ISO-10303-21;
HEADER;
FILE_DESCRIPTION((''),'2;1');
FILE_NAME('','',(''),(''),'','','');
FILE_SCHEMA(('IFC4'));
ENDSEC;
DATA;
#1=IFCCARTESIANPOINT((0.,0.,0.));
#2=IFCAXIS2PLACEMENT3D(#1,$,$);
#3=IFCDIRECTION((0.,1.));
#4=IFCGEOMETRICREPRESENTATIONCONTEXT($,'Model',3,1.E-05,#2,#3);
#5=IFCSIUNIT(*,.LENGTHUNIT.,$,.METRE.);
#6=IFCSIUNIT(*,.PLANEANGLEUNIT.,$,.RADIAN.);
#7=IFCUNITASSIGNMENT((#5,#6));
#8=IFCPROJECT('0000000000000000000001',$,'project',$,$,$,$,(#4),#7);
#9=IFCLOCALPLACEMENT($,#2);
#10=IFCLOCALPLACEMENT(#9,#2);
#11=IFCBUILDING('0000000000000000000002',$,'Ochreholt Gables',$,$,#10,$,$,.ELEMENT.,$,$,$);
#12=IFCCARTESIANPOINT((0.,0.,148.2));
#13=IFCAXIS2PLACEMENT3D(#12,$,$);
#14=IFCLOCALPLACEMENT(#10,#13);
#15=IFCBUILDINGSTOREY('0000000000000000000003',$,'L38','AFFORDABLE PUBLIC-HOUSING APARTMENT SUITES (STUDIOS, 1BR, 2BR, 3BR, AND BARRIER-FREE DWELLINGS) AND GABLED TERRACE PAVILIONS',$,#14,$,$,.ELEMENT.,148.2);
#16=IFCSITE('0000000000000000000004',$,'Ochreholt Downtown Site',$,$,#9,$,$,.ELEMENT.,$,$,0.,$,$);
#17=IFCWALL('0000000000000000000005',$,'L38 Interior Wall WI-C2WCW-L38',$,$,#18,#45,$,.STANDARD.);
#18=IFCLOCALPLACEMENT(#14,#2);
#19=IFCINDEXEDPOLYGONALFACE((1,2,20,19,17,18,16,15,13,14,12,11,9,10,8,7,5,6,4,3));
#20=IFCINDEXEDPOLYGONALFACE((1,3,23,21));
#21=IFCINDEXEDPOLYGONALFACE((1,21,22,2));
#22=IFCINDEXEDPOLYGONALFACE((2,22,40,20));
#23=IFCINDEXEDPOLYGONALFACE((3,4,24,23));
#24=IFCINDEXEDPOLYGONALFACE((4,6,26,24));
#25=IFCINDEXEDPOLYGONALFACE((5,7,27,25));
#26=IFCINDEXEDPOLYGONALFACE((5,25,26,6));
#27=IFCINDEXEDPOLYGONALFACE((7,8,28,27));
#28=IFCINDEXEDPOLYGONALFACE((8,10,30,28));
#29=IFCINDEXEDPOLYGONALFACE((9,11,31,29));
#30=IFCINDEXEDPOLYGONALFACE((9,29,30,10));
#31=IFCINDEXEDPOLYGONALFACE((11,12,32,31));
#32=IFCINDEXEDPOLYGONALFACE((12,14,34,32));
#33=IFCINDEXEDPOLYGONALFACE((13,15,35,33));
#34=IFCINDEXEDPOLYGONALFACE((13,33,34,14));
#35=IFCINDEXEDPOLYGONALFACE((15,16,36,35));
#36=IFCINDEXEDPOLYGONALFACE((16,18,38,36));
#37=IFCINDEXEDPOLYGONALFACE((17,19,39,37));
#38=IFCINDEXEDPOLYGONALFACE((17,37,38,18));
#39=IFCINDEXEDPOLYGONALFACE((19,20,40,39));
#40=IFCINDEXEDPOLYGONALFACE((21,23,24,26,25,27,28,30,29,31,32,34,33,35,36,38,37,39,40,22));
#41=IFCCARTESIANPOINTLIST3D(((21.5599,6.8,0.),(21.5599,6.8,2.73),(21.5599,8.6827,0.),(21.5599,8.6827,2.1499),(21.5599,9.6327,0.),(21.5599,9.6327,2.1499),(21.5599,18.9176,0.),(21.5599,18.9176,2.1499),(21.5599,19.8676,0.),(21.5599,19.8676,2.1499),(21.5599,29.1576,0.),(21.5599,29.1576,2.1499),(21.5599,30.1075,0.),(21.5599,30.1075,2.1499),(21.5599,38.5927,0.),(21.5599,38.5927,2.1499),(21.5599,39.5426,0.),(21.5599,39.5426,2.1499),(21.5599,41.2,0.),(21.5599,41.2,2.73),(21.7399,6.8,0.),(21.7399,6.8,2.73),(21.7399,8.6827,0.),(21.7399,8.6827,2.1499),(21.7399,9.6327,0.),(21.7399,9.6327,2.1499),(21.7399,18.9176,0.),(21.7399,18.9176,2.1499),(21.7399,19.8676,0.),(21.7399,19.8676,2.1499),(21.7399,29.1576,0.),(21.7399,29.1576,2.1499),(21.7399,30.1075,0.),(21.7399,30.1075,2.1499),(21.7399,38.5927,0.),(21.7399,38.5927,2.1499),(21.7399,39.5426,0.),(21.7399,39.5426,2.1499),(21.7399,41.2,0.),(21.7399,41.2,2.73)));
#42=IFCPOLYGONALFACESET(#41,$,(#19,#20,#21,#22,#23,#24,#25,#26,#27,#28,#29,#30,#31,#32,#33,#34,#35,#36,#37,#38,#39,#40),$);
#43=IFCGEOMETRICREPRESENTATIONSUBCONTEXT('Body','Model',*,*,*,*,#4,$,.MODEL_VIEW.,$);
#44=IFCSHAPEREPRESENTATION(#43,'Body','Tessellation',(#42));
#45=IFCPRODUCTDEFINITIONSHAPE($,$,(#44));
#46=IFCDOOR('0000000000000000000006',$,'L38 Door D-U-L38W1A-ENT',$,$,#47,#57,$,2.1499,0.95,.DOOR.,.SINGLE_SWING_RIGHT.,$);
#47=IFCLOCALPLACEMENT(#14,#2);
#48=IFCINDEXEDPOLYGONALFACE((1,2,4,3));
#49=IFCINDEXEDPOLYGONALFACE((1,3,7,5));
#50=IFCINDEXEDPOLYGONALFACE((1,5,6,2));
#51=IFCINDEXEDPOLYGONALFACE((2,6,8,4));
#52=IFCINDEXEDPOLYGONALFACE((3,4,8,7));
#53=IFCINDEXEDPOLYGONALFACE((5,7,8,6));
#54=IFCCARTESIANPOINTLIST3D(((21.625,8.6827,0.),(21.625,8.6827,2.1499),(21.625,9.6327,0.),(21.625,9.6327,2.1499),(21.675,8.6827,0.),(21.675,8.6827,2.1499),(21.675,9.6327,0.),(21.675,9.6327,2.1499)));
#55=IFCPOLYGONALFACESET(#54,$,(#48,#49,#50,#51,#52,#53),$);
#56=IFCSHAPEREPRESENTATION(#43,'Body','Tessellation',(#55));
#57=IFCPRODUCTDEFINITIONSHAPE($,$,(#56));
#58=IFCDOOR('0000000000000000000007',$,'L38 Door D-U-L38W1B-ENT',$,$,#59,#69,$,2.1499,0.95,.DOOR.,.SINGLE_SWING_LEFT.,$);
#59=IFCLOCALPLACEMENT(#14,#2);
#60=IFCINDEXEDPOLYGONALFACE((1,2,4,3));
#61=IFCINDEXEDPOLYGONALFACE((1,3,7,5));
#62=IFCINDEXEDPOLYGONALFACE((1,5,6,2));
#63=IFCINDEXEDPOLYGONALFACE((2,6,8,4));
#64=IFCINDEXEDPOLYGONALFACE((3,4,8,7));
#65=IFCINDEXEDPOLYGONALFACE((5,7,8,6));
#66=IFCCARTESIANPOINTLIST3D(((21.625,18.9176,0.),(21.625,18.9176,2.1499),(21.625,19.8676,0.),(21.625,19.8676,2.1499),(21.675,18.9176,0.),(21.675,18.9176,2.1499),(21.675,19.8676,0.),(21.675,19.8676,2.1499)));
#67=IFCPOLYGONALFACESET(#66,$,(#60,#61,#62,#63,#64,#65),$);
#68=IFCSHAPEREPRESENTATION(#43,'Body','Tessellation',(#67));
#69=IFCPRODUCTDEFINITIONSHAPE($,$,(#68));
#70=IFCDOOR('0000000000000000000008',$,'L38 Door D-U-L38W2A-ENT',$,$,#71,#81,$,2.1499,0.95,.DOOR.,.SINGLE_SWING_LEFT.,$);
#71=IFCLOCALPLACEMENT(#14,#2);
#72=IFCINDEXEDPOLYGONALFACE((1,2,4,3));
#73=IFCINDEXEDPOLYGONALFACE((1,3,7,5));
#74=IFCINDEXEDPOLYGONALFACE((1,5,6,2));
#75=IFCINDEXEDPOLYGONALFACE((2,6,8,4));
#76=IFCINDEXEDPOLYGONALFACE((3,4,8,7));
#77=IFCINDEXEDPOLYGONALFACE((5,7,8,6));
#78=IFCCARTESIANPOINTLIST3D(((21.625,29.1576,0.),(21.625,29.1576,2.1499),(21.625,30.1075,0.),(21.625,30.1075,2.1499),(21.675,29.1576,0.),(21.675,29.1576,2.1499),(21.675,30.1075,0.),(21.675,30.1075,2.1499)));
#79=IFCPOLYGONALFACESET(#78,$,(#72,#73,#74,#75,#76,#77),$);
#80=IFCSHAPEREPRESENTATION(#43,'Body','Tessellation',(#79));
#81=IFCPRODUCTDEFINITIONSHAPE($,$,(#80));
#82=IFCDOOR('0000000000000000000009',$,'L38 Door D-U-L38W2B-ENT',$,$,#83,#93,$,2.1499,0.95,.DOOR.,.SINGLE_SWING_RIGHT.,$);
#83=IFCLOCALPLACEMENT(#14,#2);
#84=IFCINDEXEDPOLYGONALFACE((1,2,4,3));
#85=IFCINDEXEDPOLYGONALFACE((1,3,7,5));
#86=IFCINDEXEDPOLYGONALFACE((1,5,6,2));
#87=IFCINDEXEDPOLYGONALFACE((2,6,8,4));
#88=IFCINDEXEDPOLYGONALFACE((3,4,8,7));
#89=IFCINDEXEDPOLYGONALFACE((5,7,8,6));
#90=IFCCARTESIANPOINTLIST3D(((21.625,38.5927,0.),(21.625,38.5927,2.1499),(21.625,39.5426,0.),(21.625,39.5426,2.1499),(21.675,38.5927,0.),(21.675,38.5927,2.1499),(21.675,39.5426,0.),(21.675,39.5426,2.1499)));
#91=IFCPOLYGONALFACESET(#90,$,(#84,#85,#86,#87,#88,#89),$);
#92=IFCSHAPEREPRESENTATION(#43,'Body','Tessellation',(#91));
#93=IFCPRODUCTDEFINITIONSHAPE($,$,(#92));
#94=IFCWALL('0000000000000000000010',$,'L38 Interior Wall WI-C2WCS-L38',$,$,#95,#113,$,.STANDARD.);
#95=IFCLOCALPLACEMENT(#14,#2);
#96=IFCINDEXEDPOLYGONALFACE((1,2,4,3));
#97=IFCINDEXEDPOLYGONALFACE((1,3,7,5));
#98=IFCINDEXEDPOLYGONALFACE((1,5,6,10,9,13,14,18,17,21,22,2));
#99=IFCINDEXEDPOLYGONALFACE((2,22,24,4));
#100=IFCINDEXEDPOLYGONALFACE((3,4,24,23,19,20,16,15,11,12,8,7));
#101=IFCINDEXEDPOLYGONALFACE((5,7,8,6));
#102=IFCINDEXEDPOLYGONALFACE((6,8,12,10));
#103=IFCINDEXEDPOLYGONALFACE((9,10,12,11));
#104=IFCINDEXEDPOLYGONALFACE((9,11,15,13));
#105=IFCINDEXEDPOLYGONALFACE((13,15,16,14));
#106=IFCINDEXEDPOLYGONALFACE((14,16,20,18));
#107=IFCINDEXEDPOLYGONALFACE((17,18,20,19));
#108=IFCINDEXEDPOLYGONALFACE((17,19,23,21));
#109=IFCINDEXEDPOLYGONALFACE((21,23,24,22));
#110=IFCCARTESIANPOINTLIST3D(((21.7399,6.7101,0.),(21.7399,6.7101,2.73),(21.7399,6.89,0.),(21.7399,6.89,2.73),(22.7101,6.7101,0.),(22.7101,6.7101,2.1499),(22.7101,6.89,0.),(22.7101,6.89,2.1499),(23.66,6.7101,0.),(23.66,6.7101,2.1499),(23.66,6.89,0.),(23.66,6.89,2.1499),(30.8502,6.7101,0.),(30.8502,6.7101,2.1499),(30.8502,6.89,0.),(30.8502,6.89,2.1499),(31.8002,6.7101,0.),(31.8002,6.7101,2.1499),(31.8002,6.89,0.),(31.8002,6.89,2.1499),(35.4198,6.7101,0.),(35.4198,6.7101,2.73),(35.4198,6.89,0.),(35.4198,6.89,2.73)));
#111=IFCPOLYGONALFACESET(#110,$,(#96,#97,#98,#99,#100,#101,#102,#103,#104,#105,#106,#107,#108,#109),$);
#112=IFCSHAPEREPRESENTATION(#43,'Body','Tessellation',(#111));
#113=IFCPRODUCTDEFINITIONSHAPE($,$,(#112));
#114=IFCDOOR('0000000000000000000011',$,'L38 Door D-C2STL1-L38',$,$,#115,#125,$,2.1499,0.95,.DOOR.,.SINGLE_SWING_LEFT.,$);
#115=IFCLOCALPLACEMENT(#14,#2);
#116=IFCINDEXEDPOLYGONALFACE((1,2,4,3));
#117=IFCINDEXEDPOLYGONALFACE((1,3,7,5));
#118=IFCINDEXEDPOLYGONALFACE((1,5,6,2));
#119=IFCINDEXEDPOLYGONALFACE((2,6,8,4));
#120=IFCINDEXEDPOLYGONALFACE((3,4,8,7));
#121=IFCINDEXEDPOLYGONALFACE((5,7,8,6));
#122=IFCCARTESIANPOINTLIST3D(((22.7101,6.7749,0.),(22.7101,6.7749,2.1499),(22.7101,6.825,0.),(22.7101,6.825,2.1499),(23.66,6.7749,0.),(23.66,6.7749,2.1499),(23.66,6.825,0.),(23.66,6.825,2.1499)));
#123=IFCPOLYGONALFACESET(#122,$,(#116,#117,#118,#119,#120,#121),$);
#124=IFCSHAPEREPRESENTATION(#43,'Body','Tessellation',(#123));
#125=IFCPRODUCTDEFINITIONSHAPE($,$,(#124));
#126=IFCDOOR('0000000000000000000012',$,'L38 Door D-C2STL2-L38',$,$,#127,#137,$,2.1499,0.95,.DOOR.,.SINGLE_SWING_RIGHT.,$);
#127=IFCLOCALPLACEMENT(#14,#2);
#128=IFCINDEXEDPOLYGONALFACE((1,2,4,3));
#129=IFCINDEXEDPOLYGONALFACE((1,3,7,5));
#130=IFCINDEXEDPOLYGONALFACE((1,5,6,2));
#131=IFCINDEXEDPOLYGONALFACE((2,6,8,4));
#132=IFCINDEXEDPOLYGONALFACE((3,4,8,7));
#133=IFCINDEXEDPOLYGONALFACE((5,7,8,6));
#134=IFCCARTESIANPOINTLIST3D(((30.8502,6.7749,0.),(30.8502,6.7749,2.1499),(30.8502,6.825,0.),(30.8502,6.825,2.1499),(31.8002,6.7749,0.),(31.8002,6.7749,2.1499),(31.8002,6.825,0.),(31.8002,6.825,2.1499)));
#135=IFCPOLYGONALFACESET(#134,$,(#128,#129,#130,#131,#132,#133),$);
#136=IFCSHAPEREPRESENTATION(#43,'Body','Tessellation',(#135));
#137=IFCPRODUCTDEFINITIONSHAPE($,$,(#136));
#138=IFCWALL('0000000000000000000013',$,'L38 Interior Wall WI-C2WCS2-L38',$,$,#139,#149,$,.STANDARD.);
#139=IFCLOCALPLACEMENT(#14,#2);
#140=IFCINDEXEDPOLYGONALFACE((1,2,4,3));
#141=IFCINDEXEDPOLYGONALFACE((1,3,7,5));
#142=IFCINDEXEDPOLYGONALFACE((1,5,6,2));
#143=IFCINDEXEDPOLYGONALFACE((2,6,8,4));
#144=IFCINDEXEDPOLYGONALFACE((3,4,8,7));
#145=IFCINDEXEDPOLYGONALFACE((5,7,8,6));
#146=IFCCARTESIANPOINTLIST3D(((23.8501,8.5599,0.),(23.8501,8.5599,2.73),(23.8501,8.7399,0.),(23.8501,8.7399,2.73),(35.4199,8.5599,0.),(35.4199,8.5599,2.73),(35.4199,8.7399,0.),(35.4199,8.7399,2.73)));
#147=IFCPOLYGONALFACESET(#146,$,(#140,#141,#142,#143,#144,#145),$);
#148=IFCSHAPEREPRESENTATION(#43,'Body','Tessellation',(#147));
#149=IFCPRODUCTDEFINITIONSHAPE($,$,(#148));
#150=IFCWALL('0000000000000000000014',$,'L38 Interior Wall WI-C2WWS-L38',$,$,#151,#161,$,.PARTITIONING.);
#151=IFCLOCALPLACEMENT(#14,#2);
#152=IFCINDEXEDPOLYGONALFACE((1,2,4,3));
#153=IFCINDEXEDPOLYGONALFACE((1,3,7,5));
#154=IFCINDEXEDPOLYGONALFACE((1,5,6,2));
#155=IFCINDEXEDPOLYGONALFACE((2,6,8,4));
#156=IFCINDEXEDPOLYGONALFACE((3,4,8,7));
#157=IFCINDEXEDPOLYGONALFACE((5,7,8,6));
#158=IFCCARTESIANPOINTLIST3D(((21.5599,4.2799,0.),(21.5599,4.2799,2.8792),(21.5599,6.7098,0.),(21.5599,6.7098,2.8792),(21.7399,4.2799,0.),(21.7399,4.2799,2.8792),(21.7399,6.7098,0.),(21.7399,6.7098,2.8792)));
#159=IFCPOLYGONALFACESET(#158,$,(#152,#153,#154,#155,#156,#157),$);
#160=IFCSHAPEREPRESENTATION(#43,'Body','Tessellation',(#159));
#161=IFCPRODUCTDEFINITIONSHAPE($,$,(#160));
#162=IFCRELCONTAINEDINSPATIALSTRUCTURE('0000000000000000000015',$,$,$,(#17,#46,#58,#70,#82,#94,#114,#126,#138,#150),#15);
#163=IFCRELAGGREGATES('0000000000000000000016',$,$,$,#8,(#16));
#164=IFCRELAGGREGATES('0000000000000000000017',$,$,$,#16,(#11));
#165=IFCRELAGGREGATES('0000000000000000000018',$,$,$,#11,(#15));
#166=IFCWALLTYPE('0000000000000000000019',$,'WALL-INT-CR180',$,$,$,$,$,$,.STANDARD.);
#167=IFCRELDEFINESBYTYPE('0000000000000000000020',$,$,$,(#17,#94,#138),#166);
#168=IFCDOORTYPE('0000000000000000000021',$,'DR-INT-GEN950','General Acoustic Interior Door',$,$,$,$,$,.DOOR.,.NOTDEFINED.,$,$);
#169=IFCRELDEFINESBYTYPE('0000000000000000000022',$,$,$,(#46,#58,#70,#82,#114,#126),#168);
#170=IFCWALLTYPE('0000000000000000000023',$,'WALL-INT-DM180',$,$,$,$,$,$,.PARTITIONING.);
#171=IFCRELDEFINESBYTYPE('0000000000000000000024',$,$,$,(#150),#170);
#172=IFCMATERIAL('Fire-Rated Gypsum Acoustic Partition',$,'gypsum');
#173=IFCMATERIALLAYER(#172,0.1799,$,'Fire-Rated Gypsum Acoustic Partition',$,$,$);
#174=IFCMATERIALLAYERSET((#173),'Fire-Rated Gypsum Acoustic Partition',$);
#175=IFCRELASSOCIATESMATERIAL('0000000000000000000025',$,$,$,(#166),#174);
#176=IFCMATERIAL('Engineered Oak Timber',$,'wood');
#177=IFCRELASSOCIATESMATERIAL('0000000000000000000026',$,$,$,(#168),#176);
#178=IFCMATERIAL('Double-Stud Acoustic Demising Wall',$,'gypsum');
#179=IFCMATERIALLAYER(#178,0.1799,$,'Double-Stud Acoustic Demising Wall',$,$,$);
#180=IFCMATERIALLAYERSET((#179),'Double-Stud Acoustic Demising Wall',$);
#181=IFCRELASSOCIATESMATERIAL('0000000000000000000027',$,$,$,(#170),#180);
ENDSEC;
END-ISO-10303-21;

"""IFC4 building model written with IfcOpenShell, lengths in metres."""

from ifc_helpers import new_model, si_unit, direction, frame, frame_2d, origin, place, context, subcontext, project, spatial, rectangle, extrude, material, layer, layer_set, type_object, element, fill, save


model = new_model("IFC4")

# Units and contexts
model_context = context("Model", 3, precision=1e-05, world=origin(), true_north=direction((0.0, 1.0)))
body_context = subcontext(model_context, "Body", "Model", "MODEL_VIEW")
ifc_project = project(units=[si_unit("LENGTHUNIT", "METRE"), si_unit("PLANEANGLEUNIT", "RADIAN")], contexts=[model_context])

# Site, building, storey
site_placement = place(None, origin())
site = spatial("IfcSite", under=ifc_project, at=site_placement, Name="Ochreholt Downtown Site", CompositionType="ELEMENT", RefElevation=0.0)
building_placement = place(site_placement, origin())
building = spatial("IfcBuilding", under=site, at=building_placement, Name="Ochreholt Gables", CompositionType="ELEMENT")
storey_placement = place(building_placement, frame((0.0, 0.0, 148.2)))
storey = spatial("IfcBuildingStorey", under=building, at=storey_placement, Name="L38", Description="AFFORDABLE PUBLIC-HOUSING APARTMENT SUITES (STUDIOS, 1BR, 2BR, 3BR, AND BARRIER-FREE DWELLINGS) AND GABLED TERRACE PAVILIONS", CompositionType="ELEMENT", Elevation=148.2)

# Walls, openings, doors
ifc_material_1 = material(Name="Fire-Rated Gypsum Acoustic Partition", Category="gypsum")
ifc_layer_1 = layer(ifc_material_1, 0.1799, Name="Fire-Rated Gypsum Acoustic Partition")
ifc_layer_set_1 = layer_set([ifc_layer_1], Name="Fire-Rated Gypsum Acoustic Partition")
wall_type_1 = type_object("IfcWallType", Name="WALL-INT-CR180", PredefinedType="STANDARD", material=ifc_layer_set_1)
wall_1_placement = place(storey_placement, frame((21.6499, 6.8, 0.0), z_axis=(0.0, 0.0, 1.0), x_axis=(0.0, 1.0, 0.0)))
wall_1 = element("IfcWall", 1, at=wall_1_placement, inside=storey, type_object=wall_type_1, Name="L38 Interior Wall WI-C2WCW-L38", PredefinedType="STANDARD", context=body_context, shape_type="SweptSolid", body=[
    extrude(rectangle(XDim=34.3999, YDim=0.1799, at=frame_2d((17.2, 0.0))), origin(), (0.0, 0.0, 1.0), 2.73),
])
opening_1_placement = place(wall_1_placement, frame((1.8826, 0.0, 0.0)))
opening_1 = element("IfcOpeningElement", 2, at=opening_1_placement, cuts=wall_1, PredefinedType="OPENING", context=body_context, shape_type="SweptSolid", body=[
    extrude(rectangle(XDim=0.95, YDim=2.1499, at=frame_2d((0.4751, 1.075))), frame((0.0, 0.0999, 0.0), z_axis=(0.0, -1.0, 0.0), x_axis=(1.0, 0.0, 0.0)), (0.0, 0.0, 1.0), 0.2),
])
opening_2_placement = place(wall_1_placement, frame((12.1174, 0.0, 0.0)))
opening_2 = element("IfcOpeningElement", 3, at=opening_2_placement, cuts=wall_1, PredefinedType="OPENING", context=body_context, shape_type="SweptSolid", body=[
    extrude(rectangle(XDim=0.95, YDim=2.1499, at=frame_2d((0.4751, 1.075))), frame((0.0, 0.0999, 0.0), z_axis=(0.0, -1.0, 0.0), x_axis=(1.0, 0.0, 0.0)), (0.0, 0.0, 1.0), 0.2),
])
opening_3_placement = place(wall_1_placement, frame((22.3574, 0.0, 0.0)))
opening_3 = element("IfcOpeningElement", 4, at=opening_3_placement, cuts=wall_1, PredefinedType="OPENING", context=body_context, shape_type="SweptSolid", body=[
    extrude(rectangle(XDim=0.95, YDim=2.1499, at=frame_2d((0.4751, 1.075))), frame((0.0, 0.0999, 0.0), z_axis=(0.0, -1.0, 0.0), x_axis=(1.0, 0.0, 0.0)), (0.0, 0.0, 1.0), 0.2),
])
opening_4_placement = place(wall_1_placement, frame((31.7925, 0.0, 0.0)))
opening_4 = element("IfcOpeningElement", 5, at=opening_4_placement, cuts=wall_1, PredefinedType="OPENING", context=body_context, shape_type="SweptSolid", body=[
    extrude(rectangle(XDim=0.95, YDim=2.1499, at=frame_2d((0.4751, 1.075))), frame((0.0, 0.0999, 0.0), z_axis=(0.0, -1.0, 0.0), x_axis=(1.0, 0.0, 0.0)), (0.0, 0.0, 1.0), 0.2),
])
ifc_material_2 = material(Name="Engineered Oak Timber", Category="wood")
door_type = type_object("IfcDoorType", Name="DR-INT-GEN950", Description="General Acoustic Interior Door", OperationType="NOTDEFINED", PredefinedType="DOOR", material=ifc_material_2)
door_1_placement = place(opening_1_placement, origin())
door_1 = element("IfcDoor", 6, at=door_1_placement, inside=storey, type_object=door_type, Name="L38 Door D-U-L38W1A-ENT", OperationType="SINGLE_SWING_RIGHT", OverallHeight=2.1499, OverallWidth=0.95, PredefinedType="DOOR", context=body_context, shape_type="SweptSolid", body=[
    extrude(rectangle(XDim=0.95, YDim=2.1499, at=frame_2d((0.4751, 1.075))), frame((0.0, 0.0249, 0.0), z_axis=(0.0, -1.0, 0.0), x_axis=(1.0, 0.0, 0.0)), (0.0, 0.0, 1.0), 0.05),
])
fill(opening_1, door_1)
door_2_placement = place(opening_2_placement, origin())
door_2 = element("IfcDoor", 7, at=door_2_placement, inside=storey, type_object=door_type, Name="L38 Door D-U-L38W1B-ENT", OperationType="SINGLE_SWING_LEFT", OverallHeight=2.1499, OverallWidth=0.95, PredefinedType="DOOR", context=body_context, shape_type="SweptSolid", body=[
    extrude(rectangle(XDim=0.95, YDim=2.1499, at=frame_2d((0.4751, 1.075))), frame((0.0, 0.0249, 0.0), z_axis=(0.0, -1.0, 0.0), x_axis=(1.0, 0.0, 0.0)), (0.0, 0.0, 1.0), 0.05),
])
fill(opening_2, door_2)
door_3_placement = place(opening_3_placement, origin())
door_3 = element("IfcDoor", 8, at=door_3_placement, inside=storey, type_object=door_type, Name="L38 Door D-U-L38W2A-ENT", OperationType="SINGLE_SWING_LEFT", OverallHeight=2.1499, OverallWidth=0.95, PredefinedType="DOOR", context=body_context, shape_type="SweptSolid", body=[
    extrude(rectangle(XDim=0.95, YDim=2.1499, at=frame_2d((0.4751, 1.075))), frame((0.0, 0.0249, 0.0), z_axis=(0.0, -1.0, 0.0), x_axis=(1.0, 0.0, 0.0)), (0.0, 0.0, 1.0), 0.05),
])
fill(opening_3, door_3)
door_4_placement = place(opening_4_placement, origin())
door_4 = element("IfcDoor", 9, at=door_4_placement, inside=storey, type_object=door_type, Name="L38 Door D-U-L38W2B-ENT", OperationType="SINGLE_SWING_RIGHT", OverallHeight=2.1499, OverallWidth=0.95, PredefinedType="DOOR", context=body_context, shape_type="SweptSolid", body=[
    extrude(rectangle(XDim=0.95, YDim=2.1499, at=frame_2d((0.4751, 1.075))), frame((0.0, 0.0249, 0.0), z_axis=(0.0, -1.0, 0.0), x_axis=(1.0, 0.0, 0.0)), (0.0, 0.0, 1.0), 0.05),
])
fill(opening_4, door_4)
wall_2_placement = place(storey_placement, frame((21.74, 6.8, 0.0), z_axis=(0.0, 0.0, 1.0), x_axis=(1.0, 0.0, 0.0)))
wall_2 = element("IfcWall", 10, at=wall_2_placement, inside=storey, type_object=wall_type_1, Name="L38 Interior Wall WI-C2WCS-L38", PredefinedType="STANDARD", context=body_context, shape_type="SweptSolid", body=[
    extrude(rectangle(XDim=13.6799, YDim=0.1799, at=frame_2d((6.8398, 0.0))), origin(), (0.0, 0.0, 1.0), 2.73),
])
opening_5_placement = place(wall_2_placement, frame((0.97, 0.0, 0.0)))
opening_5 = element("IfcOpeningElement", 11, at=opening_5_placement, cuts=wall_2, PredefinedType="OPENING", context=body_context, shape_type="SweptSolid", body=[
    extrude(rectangle(XDim=0.95, YDim=2.1499, at=frame_2d((0.4751, 1.075))), frame((0.0, 0.0999, 0.0), z_axis=(0.0, -1.0, 0.0), x_axis=(1.0, 0.0, 0.0)), (0.0, 0.0, 1.0), 0.2),
])
opening_6_placement = place(wall_2_placement, frame((9.1101, 0.0, 0.0)))
opening_6 = element("IfcOpeningElement", 12, at=opening_6_placement, cuts=wall_2, PredefinedType="OPENING", context=body_context, shape_type="SweptSolid", body=[
    extrude(rectangle(XDim=0.95, YDim=2.1499, at=frame_2d((0.4751, 1.075))), frame((0.0, 0.0999, 0.0), z_axis=(0.0, -1.0, 0.0), x_axis=(1.0, 0.0, 0.0)), (0.0, 0.0, 1.0), 0.2),
])
door_5_placement = place(opening_5_placement, origin())
door_5 = element("IfcDoor", 13, at=door_5_placement, inside=storey, type_object=door_type, Name="L38 Door D-C2STL1-L38", OperationType="SINGLE_SWING_LEFT", OverallHeight=2.1499, OverallWidth=0.95, PredefinedType="DOOR", context=body_context, shape_type="SweptSolid", body=[
    extrude(rectangle(XDim=0.95, YDim=2.1499, at=frame_2d((0.4751, 1.075))), frame((0.0, 0.0249, 0.0), z_axis=(0.0, -1.0, 0.0), x_axis=(1.0, 0.0, 0.0)), (0.0, 0.0, 1.0), 0.05),
])
fill(opening_5, door_5)
door_6_placement = place(opening_6_placement, origin())
door_6 = element("IfcDoor", 14, at=door_6_placement, inside=storey, type_object=door_type, Name="L38 Door D-C2STL2-L38", OperationType="SINGLE_SWING_RIGHT", OverallHeight=2.1499, OverallWidth=0.95, PredefinedType="DOOR", context=body_context, shape_type="SweptSolid", body=[
    extrude(rectangle(XDim=0.95, YDim=2.1499, at=frame_2d((0.4751, 1.075))), frame((0.0, 0.0249, 0.0), z_axis=(0.0, -1.0, 0.0), x_axis=(1.0, 0.0, 0.0)), (0.0, 0.0, 1.0), 0.05),
])
fill(opening_6, door_6)

# Walls
wall_3_placement = place(storey_placement, frame((23.8501, 8.6499, 0.0), z_axis=(0.0, 0.0, 1.0), x_axis=(1.0, 0.0, 0.0)))
element("IfcWall", 15, at=wall_3_placement, inside=storey, type_object=wall_type_1, Name="L38 Interior Wall WI-C2WCS2-L38", PredefinedType="STANDARD", context=body_context, shape_type="SweptSolid", body=[
    extrude(rectangle(XDim=11.5698, YDim=0.1799, at=frame_2d((5.7849, 0.0))), origin(), (0.0, 0.0, 1.0), 2.73),
])
ifc_material_3 = material(Name="Double-Stud Acoustic Demising Wall", Category="gypsum")
ifc_layer_2 = layer(ifc_material_3, 0.1799, Name="Double-Stud Acoustic Demising Wall")
ifc_layer_set_2 = layer_set([ifc_layer_2], Name="Double-Stud Acoustic Demising Wall")
wall_type_2 = type_object("IfcWallType", Name="WALL-INT-DM180", PredefinedType="PARTITIONING", material=ifc_layer_set_2)
wall_4_placement = place(storey_placement, frame((21.6499, 4.28, 0.0), z_axis=(0.0, 0.0, 1.0), x_axis=(0.0, 1.0, 0.0)))
element("IfcWall", 16, at=wall_4_placement, inside=storey, type_object=wall_type_2, Name="L38 Interior Wall WI-C2WWS-L38", PredefinedType="PARTITIONING", context=body_context, shape_type="SweptSolid", body=[
    extrude(rectangle(XDim=2.4299, YDim=0.1799, at=frame_2d((1.2148, 0.0))), origin(), (0.0, 0.0, 1.0), 2.8792),
])

save(model, "model.ifc")
